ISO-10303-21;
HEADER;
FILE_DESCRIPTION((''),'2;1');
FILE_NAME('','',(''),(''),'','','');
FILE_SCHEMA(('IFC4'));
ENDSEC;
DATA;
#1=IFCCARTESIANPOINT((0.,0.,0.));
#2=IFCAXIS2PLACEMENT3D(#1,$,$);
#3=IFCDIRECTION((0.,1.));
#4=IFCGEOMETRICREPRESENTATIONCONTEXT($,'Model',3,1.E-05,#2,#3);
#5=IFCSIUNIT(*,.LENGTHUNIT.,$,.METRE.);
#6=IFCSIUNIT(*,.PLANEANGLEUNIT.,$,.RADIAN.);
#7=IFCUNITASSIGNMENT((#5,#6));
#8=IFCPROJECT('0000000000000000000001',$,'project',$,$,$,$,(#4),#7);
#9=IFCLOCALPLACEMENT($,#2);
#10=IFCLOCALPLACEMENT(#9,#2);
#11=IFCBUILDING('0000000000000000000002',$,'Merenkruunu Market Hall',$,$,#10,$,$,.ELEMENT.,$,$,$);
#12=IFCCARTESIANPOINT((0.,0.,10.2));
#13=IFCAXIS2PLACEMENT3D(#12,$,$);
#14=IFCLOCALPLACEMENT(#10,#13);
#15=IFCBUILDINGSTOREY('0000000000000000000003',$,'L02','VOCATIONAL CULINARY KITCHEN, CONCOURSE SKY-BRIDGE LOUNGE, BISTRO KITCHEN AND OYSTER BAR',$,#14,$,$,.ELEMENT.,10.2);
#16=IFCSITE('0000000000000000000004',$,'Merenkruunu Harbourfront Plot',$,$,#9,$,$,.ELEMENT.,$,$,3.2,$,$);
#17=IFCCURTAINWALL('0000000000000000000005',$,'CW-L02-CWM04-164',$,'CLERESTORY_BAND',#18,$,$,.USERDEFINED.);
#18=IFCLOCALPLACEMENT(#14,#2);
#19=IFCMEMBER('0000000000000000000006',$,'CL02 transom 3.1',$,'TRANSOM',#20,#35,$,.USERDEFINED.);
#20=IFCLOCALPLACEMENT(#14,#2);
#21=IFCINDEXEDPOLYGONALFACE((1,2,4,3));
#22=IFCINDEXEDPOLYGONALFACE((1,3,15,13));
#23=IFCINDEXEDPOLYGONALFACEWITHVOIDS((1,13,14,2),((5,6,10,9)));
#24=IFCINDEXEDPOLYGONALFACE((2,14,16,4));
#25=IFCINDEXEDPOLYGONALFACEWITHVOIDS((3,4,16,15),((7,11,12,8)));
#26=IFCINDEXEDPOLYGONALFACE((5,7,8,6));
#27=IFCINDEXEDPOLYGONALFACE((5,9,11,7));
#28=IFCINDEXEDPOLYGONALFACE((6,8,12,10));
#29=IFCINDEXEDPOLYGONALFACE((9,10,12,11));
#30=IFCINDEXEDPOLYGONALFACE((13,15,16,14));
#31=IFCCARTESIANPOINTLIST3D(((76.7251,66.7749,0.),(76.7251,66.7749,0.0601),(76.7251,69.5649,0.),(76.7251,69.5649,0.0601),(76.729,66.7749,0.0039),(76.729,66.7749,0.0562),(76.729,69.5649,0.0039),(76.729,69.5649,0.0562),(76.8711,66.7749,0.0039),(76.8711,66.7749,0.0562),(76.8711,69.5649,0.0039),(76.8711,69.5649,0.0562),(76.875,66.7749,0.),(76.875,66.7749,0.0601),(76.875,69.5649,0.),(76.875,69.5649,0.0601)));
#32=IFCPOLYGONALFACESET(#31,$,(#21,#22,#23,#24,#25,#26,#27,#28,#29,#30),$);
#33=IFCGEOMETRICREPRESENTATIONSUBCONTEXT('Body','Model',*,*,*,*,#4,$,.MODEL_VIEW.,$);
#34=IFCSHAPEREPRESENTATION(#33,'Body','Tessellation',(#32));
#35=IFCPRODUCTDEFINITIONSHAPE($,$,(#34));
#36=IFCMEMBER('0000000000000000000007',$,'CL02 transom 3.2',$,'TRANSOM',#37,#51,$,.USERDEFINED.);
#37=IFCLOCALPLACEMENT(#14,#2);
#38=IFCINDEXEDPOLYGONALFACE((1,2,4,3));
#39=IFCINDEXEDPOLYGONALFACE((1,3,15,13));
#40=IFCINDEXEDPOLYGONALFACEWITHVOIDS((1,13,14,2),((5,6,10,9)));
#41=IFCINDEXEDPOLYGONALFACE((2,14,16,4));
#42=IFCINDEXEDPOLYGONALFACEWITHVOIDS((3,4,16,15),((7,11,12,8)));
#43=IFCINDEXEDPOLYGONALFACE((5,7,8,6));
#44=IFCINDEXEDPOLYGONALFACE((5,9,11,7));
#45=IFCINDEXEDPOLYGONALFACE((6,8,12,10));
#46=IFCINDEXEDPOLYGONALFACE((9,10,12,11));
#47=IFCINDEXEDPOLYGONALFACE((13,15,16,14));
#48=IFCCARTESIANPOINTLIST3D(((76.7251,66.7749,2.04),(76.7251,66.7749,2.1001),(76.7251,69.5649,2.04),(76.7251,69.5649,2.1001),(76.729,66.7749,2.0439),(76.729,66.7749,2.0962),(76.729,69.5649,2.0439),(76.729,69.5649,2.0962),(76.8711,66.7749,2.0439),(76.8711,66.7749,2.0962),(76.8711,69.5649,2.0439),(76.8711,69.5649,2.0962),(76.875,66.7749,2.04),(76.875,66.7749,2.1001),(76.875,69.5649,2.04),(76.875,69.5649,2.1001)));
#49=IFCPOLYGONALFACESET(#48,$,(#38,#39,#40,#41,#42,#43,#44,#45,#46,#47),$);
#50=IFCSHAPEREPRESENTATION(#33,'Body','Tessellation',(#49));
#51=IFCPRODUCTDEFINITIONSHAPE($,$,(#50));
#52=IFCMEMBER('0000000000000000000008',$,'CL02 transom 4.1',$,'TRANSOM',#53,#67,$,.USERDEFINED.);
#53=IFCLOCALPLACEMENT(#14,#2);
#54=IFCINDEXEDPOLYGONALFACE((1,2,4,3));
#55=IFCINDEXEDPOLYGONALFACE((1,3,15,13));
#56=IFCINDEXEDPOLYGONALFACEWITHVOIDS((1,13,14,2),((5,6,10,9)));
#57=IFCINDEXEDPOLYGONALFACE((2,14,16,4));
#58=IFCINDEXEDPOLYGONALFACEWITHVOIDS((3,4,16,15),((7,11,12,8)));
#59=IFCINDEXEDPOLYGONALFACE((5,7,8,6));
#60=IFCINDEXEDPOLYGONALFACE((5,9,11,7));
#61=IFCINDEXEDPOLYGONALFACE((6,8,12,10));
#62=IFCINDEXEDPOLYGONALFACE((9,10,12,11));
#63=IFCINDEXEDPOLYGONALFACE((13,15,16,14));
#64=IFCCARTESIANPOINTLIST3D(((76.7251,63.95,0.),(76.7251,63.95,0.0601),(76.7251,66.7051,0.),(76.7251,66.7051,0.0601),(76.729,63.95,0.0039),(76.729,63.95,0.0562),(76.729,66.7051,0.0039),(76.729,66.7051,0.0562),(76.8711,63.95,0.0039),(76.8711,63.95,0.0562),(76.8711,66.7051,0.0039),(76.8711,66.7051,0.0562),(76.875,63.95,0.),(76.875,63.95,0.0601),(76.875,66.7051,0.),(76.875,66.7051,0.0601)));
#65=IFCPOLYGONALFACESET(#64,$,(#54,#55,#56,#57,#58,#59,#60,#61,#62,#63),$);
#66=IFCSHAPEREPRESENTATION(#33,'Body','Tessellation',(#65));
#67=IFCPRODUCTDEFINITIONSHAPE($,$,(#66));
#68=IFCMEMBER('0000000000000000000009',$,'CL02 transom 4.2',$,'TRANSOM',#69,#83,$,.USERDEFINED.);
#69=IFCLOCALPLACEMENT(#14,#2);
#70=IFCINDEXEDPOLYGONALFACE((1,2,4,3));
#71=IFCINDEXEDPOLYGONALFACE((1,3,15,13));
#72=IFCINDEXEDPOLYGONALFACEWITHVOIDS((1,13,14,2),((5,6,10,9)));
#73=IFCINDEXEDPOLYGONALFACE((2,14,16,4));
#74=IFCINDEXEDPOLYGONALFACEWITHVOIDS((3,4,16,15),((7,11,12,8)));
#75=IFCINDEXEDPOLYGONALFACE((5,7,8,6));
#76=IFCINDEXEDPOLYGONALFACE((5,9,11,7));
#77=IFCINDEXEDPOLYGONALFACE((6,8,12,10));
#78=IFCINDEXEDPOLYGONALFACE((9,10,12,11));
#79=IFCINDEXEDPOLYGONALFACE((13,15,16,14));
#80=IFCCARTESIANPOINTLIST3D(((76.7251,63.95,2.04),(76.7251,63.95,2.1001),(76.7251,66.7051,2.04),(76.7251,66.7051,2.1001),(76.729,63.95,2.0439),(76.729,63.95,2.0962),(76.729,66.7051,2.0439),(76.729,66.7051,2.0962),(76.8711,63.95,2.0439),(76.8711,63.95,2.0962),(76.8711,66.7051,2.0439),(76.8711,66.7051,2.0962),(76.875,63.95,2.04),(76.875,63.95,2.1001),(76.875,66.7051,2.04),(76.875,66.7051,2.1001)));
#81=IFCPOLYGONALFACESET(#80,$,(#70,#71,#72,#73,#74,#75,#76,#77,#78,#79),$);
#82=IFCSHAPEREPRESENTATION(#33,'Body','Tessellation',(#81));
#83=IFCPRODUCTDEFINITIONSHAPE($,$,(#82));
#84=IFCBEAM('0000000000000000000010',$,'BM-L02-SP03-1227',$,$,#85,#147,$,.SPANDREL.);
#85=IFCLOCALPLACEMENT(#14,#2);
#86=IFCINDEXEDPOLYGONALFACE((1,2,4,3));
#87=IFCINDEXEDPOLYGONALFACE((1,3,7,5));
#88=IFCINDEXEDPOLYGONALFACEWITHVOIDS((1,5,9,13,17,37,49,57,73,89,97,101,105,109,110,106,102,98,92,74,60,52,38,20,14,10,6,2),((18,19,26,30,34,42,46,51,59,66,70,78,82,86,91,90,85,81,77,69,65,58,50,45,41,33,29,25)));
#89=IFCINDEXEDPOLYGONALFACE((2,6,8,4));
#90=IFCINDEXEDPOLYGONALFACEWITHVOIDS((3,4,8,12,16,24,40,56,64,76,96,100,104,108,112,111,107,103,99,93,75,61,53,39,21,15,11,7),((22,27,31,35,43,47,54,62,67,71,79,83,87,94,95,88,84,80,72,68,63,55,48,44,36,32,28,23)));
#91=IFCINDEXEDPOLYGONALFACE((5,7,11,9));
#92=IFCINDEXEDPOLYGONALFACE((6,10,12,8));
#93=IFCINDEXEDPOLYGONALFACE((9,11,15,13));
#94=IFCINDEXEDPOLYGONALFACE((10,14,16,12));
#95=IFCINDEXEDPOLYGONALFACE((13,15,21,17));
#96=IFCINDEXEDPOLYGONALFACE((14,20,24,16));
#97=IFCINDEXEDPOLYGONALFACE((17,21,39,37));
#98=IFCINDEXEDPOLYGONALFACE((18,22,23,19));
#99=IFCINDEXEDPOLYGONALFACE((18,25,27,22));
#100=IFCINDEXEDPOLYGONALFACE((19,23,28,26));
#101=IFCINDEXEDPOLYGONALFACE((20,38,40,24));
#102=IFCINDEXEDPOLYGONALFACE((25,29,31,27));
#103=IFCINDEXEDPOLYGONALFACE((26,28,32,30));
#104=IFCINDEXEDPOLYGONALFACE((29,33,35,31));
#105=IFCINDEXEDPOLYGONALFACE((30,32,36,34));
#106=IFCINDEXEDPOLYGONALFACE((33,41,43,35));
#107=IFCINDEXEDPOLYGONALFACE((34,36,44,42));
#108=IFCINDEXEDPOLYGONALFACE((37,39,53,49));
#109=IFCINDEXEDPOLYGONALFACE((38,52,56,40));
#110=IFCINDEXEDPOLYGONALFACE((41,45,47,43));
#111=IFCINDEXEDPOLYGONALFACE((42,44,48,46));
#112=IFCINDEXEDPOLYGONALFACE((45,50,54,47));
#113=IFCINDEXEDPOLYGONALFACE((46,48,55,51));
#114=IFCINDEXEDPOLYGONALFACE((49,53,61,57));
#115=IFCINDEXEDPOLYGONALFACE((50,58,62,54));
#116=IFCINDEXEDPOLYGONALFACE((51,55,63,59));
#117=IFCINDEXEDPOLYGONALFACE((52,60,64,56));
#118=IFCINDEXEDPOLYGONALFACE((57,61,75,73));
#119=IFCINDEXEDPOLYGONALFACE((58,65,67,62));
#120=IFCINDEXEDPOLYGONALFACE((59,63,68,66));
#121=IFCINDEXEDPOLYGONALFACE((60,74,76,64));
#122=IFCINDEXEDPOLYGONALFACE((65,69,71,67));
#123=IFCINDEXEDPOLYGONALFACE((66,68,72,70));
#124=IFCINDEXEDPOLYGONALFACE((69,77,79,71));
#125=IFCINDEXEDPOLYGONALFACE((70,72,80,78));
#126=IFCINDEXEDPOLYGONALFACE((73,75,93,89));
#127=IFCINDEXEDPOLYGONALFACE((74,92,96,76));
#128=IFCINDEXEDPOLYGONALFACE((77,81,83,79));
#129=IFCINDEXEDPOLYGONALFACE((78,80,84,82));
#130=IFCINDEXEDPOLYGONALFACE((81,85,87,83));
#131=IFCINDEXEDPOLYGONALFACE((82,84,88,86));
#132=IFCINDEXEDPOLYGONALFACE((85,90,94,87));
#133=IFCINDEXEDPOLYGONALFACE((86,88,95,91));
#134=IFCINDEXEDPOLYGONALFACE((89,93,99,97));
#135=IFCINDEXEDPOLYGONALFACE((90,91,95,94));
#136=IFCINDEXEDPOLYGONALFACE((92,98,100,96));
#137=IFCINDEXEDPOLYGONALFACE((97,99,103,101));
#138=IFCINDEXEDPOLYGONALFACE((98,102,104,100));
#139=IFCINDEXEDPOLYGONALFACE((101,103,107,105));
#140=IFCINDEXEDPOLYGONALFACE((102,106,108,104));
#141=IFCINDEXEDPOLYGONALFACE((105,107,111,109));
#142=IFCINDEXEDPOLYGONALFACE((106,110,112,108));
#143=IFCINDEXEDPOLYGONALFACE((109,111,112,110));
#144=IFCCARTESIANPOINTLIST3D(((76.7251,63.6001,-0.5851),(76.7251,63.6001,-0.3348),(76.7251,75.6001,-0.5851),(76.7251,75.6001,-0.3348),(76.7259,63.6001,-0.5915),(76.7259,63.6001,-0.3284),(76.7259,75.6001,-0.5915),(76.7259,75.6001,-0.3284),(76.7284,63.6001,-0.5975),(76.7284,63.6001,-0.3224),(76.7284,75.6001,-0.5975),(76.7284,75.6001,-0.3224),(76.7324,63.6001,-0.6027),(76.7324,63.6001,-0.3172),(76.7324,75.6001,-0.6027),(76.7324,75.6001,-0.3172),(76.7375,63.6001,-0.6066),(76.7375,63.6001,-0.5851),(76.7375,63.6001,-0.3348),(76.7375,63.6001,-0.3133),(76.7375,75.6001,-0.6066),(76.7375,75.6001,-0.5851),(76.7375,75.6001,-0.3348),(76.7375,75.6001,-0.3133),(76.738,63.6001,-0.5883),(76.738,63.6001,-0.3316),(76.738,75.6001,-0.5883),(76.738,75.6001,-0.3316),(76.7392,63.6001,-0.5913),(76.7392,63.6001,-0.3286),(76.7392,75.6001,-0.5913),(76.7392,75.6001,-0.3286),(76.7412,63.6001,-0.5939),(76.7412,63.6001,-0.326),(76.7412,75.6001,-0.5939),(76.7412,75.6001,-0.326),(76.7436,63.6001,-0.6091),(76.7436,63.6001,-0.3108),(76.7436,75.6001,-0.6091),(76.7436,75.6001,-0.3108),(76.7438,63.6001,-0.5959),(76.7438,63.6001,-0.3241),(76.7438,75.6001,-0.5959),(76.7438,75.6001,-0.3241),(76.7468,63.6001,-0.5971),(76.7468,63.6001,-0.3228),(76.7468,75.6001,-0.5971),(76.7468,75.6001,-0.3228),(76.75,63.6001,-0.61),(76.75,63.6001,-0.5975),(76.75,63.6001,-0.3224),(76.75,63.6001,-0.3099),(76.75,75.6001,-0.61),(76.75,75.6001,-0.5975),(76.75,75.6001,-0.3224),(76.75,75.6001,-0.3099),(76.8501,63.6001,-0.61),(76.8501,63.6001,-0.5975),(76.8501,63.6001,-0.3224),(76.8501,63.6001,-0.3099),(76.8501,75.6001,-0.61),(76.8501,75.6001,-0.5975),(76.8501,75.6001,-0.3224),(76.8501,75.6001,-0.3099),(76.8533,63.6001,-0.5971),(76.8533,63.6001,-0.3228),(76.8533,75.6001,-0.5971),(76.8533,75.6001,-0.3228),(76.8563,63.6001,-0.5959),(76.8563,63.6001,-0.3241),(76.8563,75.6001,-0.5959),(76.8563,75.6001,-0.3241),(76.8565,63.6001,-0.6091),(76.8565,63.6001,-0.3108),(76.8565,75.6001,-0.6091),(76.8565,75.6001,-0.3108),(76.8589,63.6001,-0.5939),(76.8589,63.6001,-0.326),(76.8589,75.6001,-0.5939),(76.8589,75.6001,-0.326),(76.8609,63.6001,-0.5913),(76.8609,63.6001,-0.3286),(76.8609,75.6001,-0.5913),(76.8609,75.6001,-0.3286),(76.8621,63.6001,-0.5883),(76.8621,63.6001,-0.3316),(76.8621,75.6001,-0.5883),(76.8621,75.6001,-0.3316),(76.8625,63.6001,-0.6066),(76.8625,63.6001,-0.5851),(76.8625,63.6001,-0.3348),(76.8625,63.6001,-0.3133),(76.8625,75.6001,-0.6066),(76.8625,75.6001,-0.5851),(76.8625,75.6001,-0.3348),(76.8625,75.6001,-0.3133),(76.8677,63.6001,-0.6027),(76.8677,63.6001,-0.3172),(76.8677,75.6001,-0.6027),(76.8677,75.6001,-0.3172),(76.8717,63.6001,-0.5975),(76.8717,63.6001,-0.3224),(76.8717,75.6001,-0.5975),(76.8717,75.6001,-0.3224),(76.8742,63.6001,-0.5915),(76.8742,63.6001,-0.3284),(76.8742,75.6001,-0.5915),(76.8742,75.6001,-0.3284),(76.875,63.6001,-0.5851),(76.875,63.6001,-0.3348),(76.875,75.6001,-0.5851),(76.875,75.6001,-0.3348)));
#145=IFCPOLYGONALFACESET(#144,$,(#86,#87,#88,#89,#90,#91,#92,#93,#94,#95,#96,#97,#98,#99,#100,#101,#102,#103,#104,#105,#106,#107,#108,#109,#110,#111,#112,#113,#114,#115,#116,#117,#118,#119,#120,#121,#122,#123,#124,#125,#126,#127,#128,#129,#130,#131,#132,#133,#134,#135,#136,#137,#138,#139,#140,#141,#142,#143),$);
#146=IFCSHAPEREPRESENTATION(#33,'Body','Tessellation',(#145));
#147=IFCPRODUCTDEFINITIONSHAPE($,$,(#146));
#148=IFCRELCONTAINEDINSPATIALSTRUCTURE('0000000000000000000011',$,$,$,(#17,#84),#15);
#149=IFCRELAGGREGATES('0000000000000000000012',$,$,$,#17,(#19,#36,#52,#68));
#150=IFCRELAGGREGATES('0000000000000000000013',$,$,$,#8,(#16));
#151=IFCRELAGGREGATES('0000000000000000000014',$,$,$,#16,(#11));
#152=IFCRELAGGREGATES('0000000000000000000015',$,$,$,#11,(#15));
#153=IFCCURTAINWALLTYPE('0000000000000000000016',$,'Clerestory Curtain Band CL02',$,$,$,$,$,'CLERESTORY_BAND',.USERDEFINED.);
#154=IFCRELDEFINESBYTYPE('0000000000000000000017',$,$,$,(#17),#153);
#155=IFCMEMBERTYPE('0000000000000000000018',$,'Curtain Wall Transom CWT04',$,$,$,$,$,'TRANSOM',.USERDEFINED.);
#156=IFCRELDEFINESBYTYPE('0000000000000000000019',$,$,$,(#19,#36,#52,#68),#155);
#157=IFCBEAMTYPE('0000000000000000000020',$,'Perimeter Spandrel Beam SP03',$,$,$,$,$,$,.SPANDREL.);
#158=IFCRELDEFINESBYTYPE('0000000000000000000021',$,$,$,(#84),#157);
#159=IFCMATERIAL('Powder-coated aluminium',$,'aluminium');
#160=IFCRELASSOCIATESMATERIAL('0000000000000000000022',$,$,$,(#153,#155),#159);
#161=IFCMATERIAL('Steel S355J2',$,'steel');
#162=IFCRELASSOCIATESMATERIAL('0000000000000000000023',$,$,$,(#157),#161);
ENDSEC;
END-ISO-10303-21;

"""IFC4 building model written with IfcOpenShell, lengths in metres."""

from ifc_helpers import new_model, si_unit, direction, frame, origin, origin_2d, place, context, subcontext, project, spatial, hollow_rectangle, extrude, material, material_profile, profile_set, type_object, element, aggregate, save


model = new_model("IFC4")

# Units and contexts
model_context = context("Model", 3, precision=1e-05, world=origin(), true_north=direction((0.0, 1.0)))
body_context = subcontext(model_context, "Body", "Model", "MODEL_VIEW")
ifc_project = project(units=[si_unit("LENGTHUNIT", "METRE"), si_unit("PLANEANGLEUNIT", "RADIAN")], contexts=[model_context])

# Site, building, storey
site_placement = place(None, origin())
site = spatial("IfcSite", under=ifc_project, at=site_placement, Name="Merenkruunu Harbourfront Plot", CompositionType="ELEMENT", RefElevation=3.2)
building_placement = place(site_placement, origin())
building = spatial("IfcBuilding", under=site, at=building_placement, Name="Merenkruunu Market Hall", CompositionType="ELEMENT")
storey_placement = place(building_placement, frame((0.0, 0.0, 10.2)))
storey = spatial("IfcBuildingStorey", under=building, at=storey_placement, Name="L02", Description="VOCATIONAL CULINARY KITCHEN, CONCOURSE SKY-BRIDGE LOUNGE, BISTRO KITCHEN AND OYSTER BAR", CompositionType="ELEMENT", Elevation=10.2)

# Curtain wall
ifc_material_1 = material(Name="Powder-coated aluminium", Category="aluminium")
curtain_wall_type = type_object("IfcCurtainWallType", Name="Clerestory Curtain Band CL02", ElementType="CLERESTORY_BAND", PredefinedType="USERDEFINED", material=ifc_material_1)
curtain_wall_1_placement = place(storey_placement, origin())
curtain_wall_1 = element("IfcCurtainWall", 1, at=curtain_wall_1_placement, inside=storey, type_object=curtain_wall_type, Name="CW-L02-CWM04-164", ObjectType="CLERESTORY_BAND", PredefinedType="USERDEFINED")

# Members
ifc_material_profile_1 = material_profile(ifc_material_1, hollow_rectangle(XDim=0.0601, YDim=0.1499, WallThickness=0.0039, at=origin_2d()), Name="ALU 60x150x4")
ifc_profile_set_1 = profile_set([ifc_material_profile_1], Name="Powder-coated aluminium")
member_type_1 = type_object("IfcMemberType", Name="Curtain Wall Transom CWT04", ElementType="TRANSOM", PredefinedType="USERDEFINED", material=ifc_profile_set_1)
member_1_placement = place(storey_placement, frame((76.8, 69.5649, 0.03), z_axis=(0.0, -1.0, 0.0), x_axis=(0.0, 0.0, 1.0)))
member_1 = element("IfcMember", 2, at=member_1_placement, type_object=member_type_1, Name="CL02 transom 3.1", ObjectType="TRANSOM", PredefinedType="USERDEFINED", context=body_context, shape_type="SweptSolid", body=[
    extrude(hollow_rectangle(XDim=0.0601, YDim=0.1499, WallThickness=0.0039, at=origin_2d()), origin(), (0.0, 0.0, 1.0), 2.79),
])
member_2_placement = place(storey_placement, frame((76.8, 69.5649, 2.0701), z_axis=(0.0, -1.0, 0.0), x_axis=(0.0, 0.0, 1.0)))
member_2 = element("IfcMember", 3, at=member_2_placement, type_object=member_type_1, Name="CL02 transom 3.2", ObjectType="TRANSOM", PredefinedType="USERDEFINED", context=body_context, shape_type="SweptSolid", body=[
    extrude(hollow_rectangle(XDim=0.0601, YDim=0.1499, WallThickness=0.0039, at=origin_2d()), origin(), (0.0, 0.0, 1.0), 2.79),
])
member_3_placement = place(storey_placement, frame((76.8, 66.7051, 0.03), z_axis=(0.0, -1.0, 0.0), x_axis=(0.0, 0.0, 1.0)))
member_3 = element("IfcMember", 4, at=member_3_placement, type_object=member_type_1, Name="CL02 transom 4.1", ObjectType="TRANSOM", PredefinedType="USERDEFINED", context=body_context, shape_type="SweptSolid", body=[
    extrude(hollow_rectangle(XDim=0.0601, YDim=0.1499, WallThickness=0.0039, at=origin_2d()), origin(), (0.0, 0.0, 1.0), 2.7551),
])
member_4_placement = place(storey_placement, frame((76.8, 66.7051, 2.0701), z_axis=(0.0, -1.0, 0.0), x_axis=(0.0, 0.0, 1.0)))
member_4 = element("IfcMember", 5, at=member_4_placement, type_object=member_type_1, Name="CL02 transom 4.2", ObjectType="TRANSOM", PredefinedType="USERDEFINED", context=body_context, shape_type="SweptSolid", body=[
    extrude(hollow_rectangle(XDim=0.0601, YDim=0.1499, WallThickness=0.0039, at=origin_2d()), origin(), (0.0, 0.0, 1.0), 2.7551),
])

# Beam
ifc_material_2 = material(Name="Steel S355J2", Category="steel")
ifc_material_profile_2 = material_profile(ifc_material_2, hollow_rectangle(XDim=0.1499, YDim=0.3, WallThickness=0.0125, InnerFilletRadius=0.0125, OuterFilletRadius=0.0249, at=origin_2d()), Name="RHS 300x150x12.5")
ifc_profile_set_2 = profile_set([ifc_material_profile_2], Name="Steel S355J2")
beam_type_1 = type_object("IfcBeamType", Name="Perimeter Spandrel Beam SP03", PredefinedType="SPANDREL", material=ifc_profile_set_2)
beam_1_placement = place(storey_placement, frame((76.8, 63.6001, -0.46), z_axis=(0.0, 1.0, 0.0), x_axis=(-1.0, 0.0, 0.0)))
element("IfcBeam", 6, at=beam_1_placement, inside=storey, type_object=beam_type_1, Name="BM-L02-SP03-1227", PredefinedType="SPANDREL", context=body_context, shape_type="SweptSolid", body=[
    extrude(hollow_rectangle(XDim=0.1499, YDim=0.3, WallThickness=0.0125, InnerFilletRadius=0.0125, OuterFilletRadius=0.0249, at=origin_2d()), origin(), (0.0, 0.0, 1.0), 12.0),
])

aggregate(curtain_wall_1, [member_1, member_2, member_3, member_4])

save(model, "model.ifc")
